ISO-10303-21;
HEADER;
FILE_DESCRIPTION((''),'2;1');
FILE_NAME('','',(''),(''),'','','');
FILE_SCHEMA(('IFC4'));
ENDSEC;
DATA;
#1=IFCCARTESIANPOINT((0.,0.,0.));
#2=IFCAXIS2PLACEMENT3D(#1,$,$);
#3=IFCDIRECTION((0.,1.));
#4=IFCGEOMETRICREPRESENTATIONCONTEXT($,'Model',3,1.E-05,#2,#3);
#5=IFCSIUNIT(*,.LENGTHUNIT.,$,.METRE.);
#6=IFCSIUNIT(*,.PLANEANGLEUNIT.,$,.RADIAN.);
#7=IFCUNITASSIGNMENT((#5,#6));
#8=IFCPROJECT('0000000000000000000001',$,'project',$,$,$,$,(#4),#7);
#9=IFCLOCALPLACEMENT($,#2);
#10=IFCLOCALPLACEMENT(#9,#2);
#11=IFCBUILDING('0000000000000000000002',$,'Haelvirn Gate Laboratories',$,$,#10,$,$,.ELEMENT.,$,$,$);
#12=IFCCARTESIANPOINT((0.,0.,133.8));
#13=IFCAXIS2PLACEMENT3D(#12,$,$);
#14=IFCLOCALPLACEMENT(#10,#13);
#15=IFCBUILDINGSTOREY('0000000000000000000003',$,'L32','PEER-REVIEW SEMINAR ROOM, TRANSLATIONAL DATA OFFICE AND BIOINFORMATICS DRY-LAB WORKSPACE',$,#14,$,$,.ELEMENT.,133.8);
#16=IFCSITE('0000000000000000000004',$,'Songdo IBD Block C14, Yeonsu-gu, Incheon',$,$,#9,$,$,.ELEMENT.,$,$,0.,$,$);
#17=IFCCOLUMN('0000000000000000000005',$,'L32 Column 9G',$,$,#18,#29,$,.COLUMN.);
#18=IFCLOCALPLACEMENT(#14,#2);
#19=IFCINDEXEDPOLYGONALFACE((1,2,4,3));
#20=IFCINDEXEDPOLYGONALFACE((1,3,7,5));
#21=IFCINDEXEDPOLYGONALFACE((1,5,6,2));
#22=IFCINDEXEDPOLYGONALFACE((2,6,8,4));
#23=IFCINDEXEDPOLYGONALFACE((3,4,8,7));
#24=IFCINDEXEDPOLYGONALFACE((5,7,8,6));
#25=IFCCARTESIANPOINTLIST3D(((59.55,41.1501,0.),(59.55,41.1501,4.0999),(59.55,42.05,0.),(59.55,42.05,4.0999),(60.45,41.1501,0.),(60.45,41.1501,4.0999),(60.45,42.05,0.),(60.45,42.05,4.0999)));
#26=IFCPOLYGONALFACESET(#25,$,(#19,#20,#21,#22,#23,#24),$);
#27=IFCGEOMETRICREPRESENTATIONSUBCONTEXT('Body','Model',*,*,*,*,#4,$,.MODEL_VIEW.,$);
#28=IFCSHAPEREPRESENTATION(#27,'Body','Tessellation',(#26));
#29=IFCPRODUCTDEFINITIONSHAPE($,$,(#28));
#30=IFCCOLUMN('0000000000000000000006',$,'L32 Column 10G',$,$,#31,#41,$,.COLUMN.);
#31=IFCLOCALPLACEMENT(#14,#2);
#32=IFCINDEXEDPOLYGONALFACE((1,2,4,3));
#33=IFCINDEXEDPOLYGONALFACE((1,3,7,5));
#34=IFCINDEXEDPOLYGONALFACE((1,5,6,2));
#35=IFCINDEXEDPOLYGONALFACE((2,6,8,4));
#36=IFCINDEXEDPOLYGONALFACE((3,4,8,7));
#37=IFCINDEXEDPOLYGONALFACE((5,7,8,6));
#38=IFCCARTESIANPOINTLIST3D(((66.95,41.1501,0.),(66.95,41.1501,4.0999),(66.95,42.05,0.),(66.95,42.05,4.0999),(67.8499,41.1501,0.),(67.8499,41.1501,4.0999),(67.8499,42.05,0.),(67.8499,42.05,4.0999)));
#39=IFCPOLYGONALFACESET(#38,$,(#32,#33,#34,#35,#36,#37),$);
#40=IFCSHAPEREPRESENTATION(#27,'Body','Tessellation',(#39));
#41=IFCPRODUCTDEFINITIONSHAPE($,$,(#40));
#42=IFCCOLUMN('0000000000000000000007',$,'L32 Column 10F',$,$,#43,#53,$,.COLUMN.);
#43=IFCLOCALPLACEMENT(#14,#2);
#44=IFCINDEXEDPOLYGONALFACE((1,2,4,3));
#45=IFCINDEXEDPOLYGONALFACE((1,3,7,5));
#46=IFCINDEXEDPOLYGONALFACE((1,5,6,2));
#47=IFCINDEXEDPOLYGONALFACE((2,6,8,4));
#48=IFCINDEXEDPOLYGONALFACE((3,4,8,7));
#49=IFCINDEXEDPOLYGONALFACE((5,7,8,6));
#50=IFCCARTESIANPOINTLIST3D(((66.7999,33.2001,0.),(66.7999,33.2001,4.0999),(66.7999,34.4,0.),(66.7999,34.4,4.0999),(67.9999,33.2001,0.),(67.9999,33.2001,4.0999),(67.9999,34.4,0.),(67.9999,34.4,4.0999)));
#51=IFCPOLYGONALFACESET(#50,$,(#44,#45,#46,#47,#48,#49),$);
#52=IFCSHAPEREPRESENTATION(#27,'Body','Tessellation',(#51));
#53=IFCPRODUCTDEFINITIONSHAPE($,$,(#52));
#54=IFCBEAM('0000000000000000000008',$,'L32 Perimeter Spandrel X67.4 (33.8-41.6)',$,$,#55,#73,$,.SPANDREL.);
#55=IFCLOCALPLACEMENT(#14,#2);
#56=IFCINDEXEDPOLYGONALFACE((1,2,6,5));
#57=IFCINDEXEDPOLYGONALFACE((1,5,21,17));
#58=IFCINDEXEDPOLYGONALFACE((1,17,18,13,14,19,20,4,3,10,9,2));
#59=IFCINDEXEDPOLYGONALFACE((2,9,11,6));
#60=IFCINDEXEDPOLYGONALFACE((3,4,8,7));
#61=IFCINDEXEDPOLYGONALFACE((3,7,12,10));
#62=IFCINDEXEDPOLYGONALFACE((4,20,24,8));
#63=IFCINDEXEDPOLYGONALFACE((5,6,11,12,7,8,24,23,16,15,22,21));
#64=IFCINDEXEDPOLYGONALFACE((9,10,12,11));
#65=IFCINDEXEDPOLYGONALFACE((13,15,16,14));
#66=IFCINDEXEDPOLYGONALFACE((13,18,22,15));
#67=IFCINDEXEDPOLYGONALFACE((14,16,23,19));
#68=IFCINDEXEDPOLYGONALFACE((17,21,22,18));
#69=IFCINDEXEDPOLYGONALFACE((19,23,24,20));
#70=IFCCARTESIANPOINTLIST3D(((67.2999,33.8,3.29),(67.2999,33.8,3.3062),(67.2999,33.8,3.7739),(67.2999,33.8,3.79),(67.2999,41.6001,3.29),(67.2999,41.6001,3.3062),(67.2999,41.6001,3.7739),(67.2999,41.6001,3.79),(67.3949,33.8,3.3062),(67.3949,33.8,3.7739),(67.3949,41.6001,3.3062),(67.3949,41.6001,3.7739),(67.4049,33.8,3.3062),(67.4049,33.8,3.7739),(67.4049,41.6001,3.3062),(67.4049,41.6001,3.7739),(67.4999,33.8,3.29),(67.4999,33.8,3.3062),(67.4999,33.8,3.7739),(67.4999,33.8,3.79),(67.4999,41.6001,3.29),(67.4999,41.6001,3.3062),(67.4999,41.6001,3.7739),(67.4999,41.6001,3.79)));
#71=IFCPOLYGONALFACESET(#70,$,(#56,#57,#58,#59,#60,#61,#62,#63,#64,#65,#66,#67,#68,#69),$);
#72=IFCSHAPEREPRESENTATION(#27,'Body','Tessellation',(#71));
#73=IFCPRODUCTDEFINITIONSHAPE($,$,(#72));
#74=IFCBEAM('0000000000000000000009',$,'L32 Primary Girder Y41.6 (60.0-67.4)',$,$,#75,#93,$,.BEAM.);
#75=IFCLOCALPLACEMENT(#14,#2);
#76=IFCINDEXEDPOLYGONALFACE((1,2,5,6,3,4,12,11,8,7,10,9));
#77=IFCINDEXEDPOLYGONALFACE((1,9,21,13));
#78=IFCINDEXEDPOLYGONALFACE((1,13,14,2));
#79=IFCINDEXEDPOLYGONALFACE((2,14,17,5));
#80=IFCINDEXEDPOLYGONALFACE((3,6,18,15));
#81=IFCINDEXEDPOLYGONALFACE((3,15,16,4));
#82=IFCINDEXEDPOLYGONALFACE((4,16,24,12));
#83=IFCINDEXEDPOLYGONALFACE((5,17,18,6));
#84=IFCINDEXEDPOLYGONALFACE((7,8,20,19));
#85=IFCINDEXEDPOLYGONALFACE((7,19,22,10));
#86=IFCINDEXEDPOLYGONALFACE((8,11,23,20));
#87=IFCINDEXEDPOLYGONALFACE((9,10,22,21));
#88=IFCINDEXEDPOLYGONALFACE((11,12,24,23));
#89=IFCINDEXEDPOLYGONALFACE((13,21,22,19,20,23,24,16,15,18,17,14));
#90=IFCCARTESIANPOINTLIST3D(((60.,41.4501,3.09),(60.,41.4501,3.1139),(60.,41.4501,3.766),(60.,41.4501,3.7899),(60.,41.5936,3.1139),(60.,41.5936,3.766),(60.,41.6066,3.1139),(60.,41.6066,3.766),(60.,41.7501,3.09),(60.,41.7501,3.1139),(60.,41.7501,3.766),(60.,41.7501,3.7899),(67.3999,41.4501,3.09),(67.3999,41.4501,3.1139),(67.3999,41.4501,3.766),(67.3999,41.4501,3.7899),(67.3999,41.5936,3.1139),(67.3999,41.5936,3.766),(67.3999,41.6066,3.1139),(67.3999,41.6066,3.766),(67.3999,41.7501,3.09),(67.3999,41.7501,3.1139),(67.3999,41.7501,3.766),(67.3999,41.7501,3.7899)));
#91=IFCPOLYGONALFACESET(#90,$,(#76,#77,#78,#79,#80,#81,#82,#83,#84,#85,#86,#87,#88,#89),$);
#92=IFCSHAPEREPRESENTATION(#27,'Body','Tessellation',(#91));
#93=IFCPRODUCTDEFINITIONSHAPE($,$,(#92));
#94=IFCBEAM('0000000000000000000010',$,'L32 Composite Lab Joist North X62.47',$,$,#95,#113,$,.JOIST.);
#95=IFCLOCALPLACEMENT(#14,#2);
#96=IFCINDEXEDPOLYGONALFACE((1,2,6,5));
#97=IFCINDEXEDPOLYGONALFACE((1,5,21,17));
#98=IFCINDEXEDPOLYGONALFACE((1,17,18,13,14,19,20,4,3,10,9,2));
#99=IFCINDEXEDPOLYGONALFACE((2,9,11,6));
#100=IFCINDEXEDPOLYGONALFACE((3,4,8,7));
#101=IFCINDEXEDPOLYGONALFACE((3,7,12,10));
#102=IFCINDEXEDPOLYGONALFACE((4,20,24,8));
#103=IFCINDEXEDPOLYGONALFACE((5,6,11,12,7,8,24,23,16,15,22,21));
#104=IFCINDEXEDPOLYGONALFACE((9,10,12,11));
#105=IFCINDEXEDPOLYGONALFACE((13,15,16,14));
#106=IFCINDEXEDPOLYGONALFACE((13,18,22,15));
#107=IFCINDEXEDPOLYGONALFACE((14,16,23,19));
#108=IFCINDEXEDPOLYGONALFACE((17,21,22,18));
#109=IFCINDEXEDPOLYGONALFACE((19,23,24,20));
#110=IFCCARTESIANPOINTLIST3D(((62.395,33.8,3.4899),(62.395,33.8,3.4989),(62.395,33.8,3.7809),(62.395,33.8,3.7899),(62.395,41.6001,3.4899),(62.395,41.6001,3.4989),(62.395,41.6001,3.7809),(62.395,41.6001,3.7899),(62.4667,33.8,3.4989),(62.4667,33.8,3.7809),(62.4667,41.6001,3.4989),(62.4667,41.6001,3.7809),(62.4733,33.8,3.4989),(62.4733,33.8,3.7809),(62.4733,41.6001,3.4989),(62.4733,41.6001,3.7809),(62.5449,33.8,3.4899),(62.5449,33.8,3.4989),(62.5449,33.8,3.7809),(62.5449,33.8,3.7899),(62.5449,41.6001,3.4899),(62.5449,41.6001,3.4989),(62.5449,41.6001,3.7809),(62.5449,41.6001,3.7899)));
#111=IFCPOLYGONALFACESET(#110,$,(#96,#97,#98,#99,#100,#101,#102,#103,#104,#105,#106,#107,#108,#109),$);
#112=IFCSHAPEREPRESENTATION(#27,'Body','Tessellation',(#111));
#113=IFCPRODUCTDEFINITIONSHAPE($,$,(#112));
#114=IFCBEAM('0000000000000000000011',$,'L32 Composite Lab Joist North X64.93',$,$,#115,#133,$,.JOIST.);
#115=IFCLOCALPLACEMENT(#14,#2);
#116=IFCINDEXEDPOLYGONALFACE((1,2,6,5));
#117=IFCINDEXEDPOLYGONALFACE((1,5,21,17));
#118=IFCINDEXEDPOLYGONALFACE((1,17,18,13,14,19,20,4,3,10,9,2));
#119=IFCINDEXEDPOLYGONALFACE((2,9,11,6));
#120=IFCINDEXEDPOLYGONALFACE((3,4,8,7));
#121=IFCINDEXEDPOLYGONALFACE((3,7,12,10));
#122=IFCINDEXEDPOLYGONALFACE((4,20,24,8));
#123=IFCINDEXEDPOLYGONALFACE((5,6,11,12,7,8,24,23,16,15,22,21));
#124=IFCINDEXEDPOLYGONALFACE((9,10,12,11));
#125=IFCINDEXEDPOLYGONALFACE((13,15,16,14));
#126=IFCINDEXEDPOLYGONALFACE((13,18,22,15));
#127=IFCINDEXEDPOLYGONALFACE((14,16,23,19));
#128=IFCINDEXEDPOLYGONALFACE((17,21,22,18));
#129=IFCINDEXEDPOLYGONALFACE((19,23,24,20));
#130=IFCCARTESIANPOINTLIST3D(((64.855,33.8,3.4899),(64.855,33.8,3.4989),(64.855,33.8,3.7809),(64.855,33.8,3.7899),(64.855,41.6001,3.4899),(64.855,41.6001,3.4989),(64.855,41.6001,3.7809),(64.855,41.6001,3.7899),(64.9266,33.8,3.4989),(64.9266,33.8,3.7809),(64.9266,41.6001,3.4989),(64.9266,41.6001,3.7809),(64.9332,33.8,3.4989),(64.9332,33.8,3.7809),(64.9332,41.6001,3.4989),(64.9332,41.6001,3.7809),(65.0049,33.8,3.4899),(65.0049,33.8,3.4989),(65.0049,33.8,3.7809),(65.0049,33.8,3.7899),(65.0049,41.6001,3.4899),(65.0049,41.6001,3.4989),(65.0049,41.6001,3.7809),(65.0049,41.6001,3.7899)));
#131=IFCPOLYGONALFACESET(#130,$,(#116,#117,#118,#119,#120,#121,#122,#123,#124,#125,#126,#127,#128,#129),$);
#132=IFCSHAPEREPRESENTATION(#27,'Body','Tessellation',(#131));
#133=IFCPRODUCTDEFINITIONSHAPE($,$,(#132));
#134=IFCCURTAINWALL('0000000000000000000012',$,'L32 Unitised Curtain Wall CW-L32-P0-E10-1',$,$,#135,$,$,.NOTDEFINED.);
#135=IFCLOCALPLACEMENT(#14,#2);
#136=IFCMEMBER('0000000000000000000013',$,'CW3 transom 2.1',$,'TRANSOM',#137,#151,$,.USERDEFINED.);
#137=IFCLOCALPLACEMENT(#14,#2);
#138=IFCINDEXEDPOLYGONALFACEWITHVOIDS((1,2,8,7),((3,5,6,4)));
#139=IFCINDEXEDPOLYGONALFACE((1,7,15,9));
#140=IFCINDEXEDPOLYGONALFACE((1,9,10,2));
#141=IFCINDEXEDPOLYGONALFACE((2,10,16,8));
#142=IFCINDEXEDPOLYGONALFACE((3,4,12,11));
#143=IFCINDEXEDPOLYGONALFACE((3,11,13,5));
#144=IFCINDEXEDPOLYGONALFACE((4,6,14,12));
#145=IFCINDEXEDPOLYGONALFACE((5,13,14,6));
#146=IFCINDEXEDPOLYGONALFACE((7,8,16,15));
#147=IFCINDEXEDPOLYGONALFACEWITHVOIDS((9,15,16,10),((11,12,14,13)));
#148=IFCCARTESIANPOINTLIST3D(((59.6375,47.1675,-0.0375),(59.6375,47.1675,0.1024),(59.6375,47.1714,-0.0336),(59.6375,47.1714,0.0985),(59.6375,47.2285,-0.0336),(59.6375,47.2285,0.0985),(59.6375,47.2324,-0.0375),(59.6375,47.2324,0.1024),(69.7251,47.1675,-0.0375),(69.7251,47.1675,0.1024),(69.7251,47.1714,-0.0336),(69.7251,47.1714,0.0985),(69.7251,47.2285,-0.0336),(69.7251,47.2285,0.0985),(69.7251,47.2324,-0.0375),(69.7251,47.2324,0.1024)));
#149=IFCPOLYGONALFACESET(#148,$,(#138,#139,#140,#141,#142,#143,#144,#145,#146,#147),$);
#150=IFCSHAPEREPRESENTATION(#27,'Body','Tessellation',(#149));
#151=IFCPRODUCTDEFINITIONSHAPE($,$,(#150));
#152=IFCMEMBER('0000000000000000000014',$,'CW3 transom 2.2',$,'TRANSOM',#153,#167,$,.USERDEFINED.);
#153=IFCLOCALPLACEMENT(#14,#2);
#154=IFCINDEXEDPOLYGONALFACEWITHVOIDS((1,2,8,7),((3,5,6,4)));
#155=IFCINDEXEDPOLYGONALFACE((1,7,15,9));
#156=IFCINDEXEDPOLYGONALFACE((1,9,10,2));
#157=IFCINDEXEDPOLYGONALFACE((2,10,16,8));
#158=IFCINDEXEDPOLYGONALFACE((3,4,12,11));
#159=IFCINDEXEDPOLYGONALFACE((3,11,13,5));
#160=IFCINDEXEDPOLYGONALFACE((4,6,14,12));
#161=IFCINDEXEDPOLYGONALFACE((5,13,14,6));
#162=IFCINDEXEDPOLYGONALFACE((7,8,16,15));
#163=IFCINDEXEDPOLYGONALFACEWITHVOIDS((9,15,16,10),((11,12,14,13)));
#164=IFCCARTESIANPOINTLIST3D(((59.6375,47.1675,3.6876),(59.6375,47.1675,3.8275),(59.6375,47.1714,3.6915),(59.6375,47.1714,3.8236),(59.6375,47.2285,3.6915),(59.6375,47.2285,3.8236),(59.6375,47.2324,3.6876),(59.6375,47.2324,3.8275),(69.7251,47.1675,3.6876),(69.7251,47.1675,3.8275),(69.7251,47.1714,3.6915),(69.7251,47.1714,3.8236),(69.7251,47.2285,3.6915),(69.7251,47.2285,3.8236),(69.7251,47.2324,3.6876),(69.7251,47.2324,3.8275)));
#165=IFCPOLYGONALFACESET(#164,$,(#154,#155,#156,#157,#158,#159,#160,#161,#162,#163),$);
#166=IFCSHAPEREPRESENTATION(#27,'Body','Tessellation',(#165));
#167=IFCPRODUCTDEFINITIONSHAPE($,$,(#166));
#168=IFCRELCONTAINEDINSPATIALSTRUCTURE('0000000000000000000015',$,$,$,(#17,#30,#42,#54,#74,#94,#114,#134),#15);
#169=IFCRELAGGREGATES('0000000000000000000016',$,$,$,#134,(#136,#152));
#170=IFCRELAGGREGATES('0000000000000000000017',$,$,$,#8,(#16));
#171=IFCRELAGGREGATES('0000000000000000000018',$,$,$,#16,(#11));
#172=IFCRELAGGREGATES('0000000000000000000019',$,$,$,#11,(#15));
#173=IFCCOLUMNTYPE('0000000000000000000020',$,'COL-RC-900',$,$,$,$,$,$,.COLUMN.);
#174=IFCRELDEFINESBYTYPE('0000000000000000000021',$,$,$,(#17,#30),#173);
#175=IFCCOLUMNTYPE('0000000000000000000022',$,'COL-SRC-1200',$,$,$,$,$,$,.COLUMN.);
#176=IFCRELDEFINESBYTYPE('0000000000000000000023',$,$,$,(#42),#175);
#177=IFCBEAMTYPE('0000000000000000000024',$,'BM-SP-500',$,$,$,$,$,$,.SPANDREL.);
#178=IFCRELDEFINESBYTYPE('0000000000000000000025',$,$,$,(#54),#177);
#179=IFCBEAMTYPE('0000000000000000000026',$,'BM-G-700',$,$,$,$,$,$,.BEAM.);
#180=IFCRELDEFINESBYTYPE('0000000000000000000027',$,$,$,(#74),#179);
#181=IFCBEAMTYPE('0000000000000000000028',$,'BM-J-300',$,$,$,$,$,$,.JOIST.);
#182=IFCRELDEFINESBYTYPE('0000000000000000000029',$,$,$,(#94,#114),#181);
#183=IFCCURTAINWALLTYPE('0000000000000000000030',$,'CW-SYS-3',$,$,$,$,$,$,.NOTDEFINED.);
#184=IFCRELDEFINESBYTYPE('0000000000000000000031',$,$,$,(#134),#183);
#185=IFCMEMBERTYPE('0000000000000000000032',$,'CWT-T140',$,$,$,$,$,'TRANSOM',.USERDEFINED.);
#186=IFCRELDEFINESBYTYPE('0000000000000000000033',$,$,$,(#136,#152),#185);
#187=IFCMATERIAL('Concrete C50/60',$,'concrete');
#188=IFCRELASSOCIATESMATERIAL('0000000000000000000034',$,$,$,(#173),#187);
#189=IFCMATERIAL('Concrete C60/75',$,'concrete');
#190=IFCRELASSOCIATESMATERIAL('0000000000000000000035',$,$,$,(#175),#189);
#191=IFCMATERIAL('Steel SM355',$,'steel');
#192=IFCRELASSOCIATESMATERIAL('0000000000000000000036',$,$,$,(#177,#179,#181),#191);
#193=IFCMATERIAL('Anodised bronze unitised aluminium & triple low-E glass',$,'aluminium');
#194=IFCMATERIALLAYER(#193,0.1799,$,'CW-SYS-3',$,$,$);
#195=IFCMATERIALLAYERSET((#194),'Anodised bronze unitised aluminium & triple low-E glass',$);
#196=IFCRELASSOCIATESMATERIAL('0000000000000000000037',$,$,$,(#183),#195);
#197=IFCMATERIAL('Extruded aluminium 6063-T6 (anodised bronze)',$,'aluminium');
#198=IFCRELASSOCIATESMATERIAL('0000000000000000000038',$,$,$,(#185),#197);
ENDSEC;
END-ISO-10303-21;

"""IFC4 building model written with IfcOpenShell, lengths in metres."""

from ifc_helpers import new_model, si_unit, direction, frame, origin, origin_2d, place, context, subcontext, project, spatial, rectangle, hollow_rectangle, i_section, extrude, source, transform, mapped, material, layer, layer_set, material_profile, profile_set, type_object, type_shapes, element, aggregate, save


model = new_model("IFC4")

# Units and contexts
model_context = context("Model", 3, precision=1e-05, world=origin(), true_north=direction((0.0, 1.0)))
body_context = subcontext(model_context, "Body", "Model", "MODEL_VIEW")
ifc_project = project(units=[si_unit("LENGTHUNIT", "METRE"), si_unit("PLANEANGLEUNIT", "RADIAN")], contexts=[model_context])

# Site, building, storey
site_placement = place(None, origin())
site = spatial("IfcSite", under=ifc_project, at=site_placement, Name="Songdo IBD Block C14, Yeonsu-gu, Incheon", CompositionType="ELEMENT", RefElevation=0.0)
building_placement = place(site_placement, origin())
building = spatial("IfcBuilding", under=site, at=building_placement, Name="Haelvirn Gate Laboratories", CompositionType="ELEMENT")
storey_placement = place(building_placement, frame((0.0, 0.0, 133.8)))
storey = spatial("IfcBuildingStorey", under=building, at=storey_placement, Name="L32", Description="PEER-REVIEW SEMINAR ROOM, TRANSLATIONAL DATA OFFICE AND BIOINFORMATICS DRY-LAB WORKSPACE", CompositionType="ELEMENT", Elevation=133.8)

# Columns
ifc_material_1 = material(Name="Concrete C50/60", Category="concrete")
ifc_material_profile_1 = material_profile(ifc_material_1, rectangle(XDim=0.8999, YDim=0.8999, at=origin_2d()), Name="RC-900x900")
ifc_profile_set_1 = profile_set([ifc_material_profile_1], Name="Concrete C50/60")
column_type_1 = type_object("IfcColumnType", Name="COL-RC-900", PredefinedType="COLUMN", material=ifc_profile_set_1)
shared_shape_1 = source(origin(), body_context, "Body", "SweptSolid", [
    extrude(rectangle(XDim=0.8999, YDim=0.8999, at=origin_2d()), origin(), (0.0, 0.0, 1.0), 4.0999),
])
type_shapes(column_type_1, [shared_shape_1])
for number, where, z_axis, x_axis, name in (
    (1, (60.0, 41.6001, 0.0), (0.0, 0.0, 1.0), (1.0, 0.0, 0.0), "L32 Column 9G"),
    (2, (67.3999, 41.6001, 0.0), (0.0, 0.0, 1.0), (1.0, 0.0, 0.0), "L32 Column 10G"),
):
    element("IfcColumn", number, at=place(storey_placement, frame(where, z_axis=z_axis, x_axis=x_axis)), inside=storey, type_object=column_type_1, Name=name, PredefinedType="COLUMN", context=body_context, shape_type="MappedRepresentation", body=[
        mapped(shared_shape_1, transform((0.0, 0.0, 0.0), scale=1.0)),
    ])
ifc_material_2 = material(Name="Concrete C60/75", Category="concrete")
ifc_material_profile_2 = material_profile(ifc_material_2, rectangle(XDim=1.2, YDim=1.2, at=origin_2d()), Name="SRC-1200x1200")
ifc_profile_set_2 = profile_set([ifc_material_profile_2], Name="Concrete C60/75")
column_type_2 = type_object("IfcColumnType", Name="COL-SRC-1200", PredefinedType="COLUMN", material=ifc_profile_set_2)
shared_shape_2 = source(origin(), body_context, "Body", "SweptSolid", [
    extrude(rectangle(XDim=1.2, YDim=1.2, at=origin_2d()), origin(), (0.0, 0.0, 1.0), 4.0999),
])
type_shapes(column_type_2, [shared_shape_2])
column_placement = place(storey_placement, frame((67.3999, 33.8, 0.0), z_axis=(0.0, 0.0, 1.0), x_axis=(1.0, 0.0, 0.0)))
element("IfcColumn", 3, at=column_placement, inside=storey, type_object=column_type_2, Name="L32 Column 10F", PredefinedType="COLUMN", context=body_context, shape_type="MappedRepresentation", body=[
    mapped(shared_shape_2, transform((0.0, 0.0, 0.0), scale=1.0)),
])

# Beams
ifc_material_3 = material(Name="Steel SM355", Category="steel")
ifc_material_profile_3 = material_profile(ifc_material_3, i_section(OverallWidth=0.2, OverallDepth=0.5, WebThickness=0.01, FlangeThickness=0.0161, at=origin_2d()), Name="H-500x200x10x16")
ifc_profile_set_3 = profile_set([ifc_material_profile_3], Name="Steel SM355")
beam_type_1 = type_object("IfcBeamType", Name="BM-SP-500", PredefinedType="SPANDREL", material=ifc_profile_set_3)
shared_shape_3 = source(origin(), body_context, "Body", "SweptSolid", [
    extrude(i_section(OverallWidth=0.2, OverallDepth=0.5, WebThickness=0.01, FlangeThickness=0.0161, at=origin_2d()), origin(), (0.0, 0.0, 1.0), 7.8),
])
type_shapes(beam_type_1, [shared_shape_3])
beam_1_placement = place(storey_placement, frame((67.3999, 33.8, 3.54), z_axis=(0.0, 1.0, 0.0), x_axis=(-1.0, 0.0, 0.0)))
element("IfcBeam", 4, at=beam_1_placement, inside=storey, type_object=beam_type_1, Name="L32 Perimeter Spandrel X67.4 (33.8-41.6)", PredefinedType="SPANDREL", context=body_context, shape_type="MappedRepresentation", body=[
    mapped(shared_shape_3, transform((0.0, 0.0, 0.0), scale=1.0)),
])
ifc_material_profile_4 = material_profile(ifc_material_3, i_section(OverallWidth=0.3, OverallDepth=0.7, WebThickness=0.0129, FlangeThickness=0.0239, at=origin_2d()), Name="H-700x300x13x24")
ifc_profile_set_4 = profile_set([ifc_material_profile_4], Name="Steel SM355")
beam_type_2 = type_object("IfcBeamType", Name="BM-G-700", PredefinedType="BEAM", material=ifc_profile_set_4)
shared_shape_4 = source(origin(), body_context, "Body", "SweptSolid", [
    extrude(i_section(OverallWidth=0.3, OverallDepth=0.7, WebThickness=0.0129, FlangeThickness=0.0239, at=origin_2d()), origin(), (0.0, 0.0, 1.0), 7.3999),
])
type_shapes(beam_type_2, [shared_shape_4])
beam_2_placement = place(storey_placement, frame((60.0, 41.6001, 3.4399), z_axis=(1.0, 0.0, 0.0), x_axis=(0.0, 1.0, 0.0)))
element("IfcBeam", 5, at=beam_2_placement, inside=storey, type_object=beam_type_2, Name="L32 Primary Girder Y41.6 (60.0-67.4)", PredefinedType="BEAM", context=body_context, shape_type="MappedRepresentation", body=[
    mapped(shared_shape_4, transform((0.0, 0.0, 0.0), scale=1.0)),
])
ifc_material_profile_5 = material_profile(ifc_material_3, i_section(OverallWidth=0.1499, OverallDepth=0.3, WebThickness=0.0066, FlangeThickness=0.009, at=origin_2d()), Name="H-300x150x6.5x9")
ifc_profile_set_5 = profile_set([ifc_material_profile_5], Name="Steel SM355")
beam_type_3 = type_object("IfcBeamType", Name="BM-J-300", PredefinedType="JOIST", material=ifc_profile_set_5)
shared_shape_5 = source(origin(), body_context, "Body", "SweptSolid", [
    extrude(i_section(OverallWidth=0.1499, OverallDepth=0.3, WebThickness=0.0066, FlangeThickness=0.009, at=origin_2d()), origin(), (0.0, 0.0, 1.0), 7.8),
])
type_shapes(beam_type_3, [shared_shape_5])
for number, where, z_axis, x_axis, name in (
    (6, (62.47, 33.8, 3.6399), (0.0, 1.0, 0.0), (-1.0, 0.0, 0.0), "L32 Composite Lab Joist North X62.47"),
    (7, (64.9299, 33.8, 3.6399), (0.0, 1.0, 0.0), (-1.0, 0.0, 0.0), "L32 Composite Lab Joist North X64.93"),
):
    element("IfcBeam", number, at=place(storey_placement, frame(where, z_axis=z_axis, x_axis=x_axis)), inside=storey, type_object=beam_type_3, Name=name, PredefinedType="JOIST", context=body_context, shape_type="MappedRepresentation", body=[
        mapped(shared_shape_5, transform((0.0, 0.0, 0.0), scale=1.0)),
    ])

# Curtain wall, members
ifc_material_4 = material(Name="Anodised bronze unitised aluminium & triple low-E glass", Category="aluminium")
ifc_layer_1 = layer(ifc_material_4, 0.1799, Name="CW-SYS-3")
ifc_layer_set_1 = layer_set([ifc_layer_1], Name="Anodised bronze unitised aluminium & triple low-E glass")
curtain_wall_type_1 = type_object("IfcCurtainWallType", Name="CW-SYS-3", PredefinedType="NOTDEFINED", material=ifc_layer_set_1)
curtain_wall_1_placement = place(storey_placement, origin())
curtain_wall_1 = element("IfcCurtainWall", 8, at=curtain_wall_1_placement, inside=storey, type_object=curtain_wall_type_1, Name="L32 Unitised Curtain Wall CW-L32-P0-E10-1", PredefinedType="NOTDEFINED")
ifc_material_5 = material(Name="Extruded aluminium 6063-T6 (anodised bronze)", Category="aluminium")
ifc_material_profile_6 = material_profile(ifc_material_5, hollow_rectangle(XDim=0.0649, YDim=0.1399, WallThickness=0.0039, at=origin_2d()), Name="CWT-140x65x4")
ifc_profile_set_6 = profile_set([ifc_material_profile_6], Name="Extruded aluminium 6063-T6 (anodised bronze)")
member_type_1 = type_object("IfcMemberType", Name="CWT-T140", ElementType="TRANSOM", PredefinedType="USERDEFINED", material=ifc_profile_set_6)
shared_shape_6 = source(origin(), body_context, "Body", "SweptSolid", [
    extrude(hollow_rectangle(XDim=0.0649, YDim=0.1399, WallThickness=0.0039, at=origin_2d()), origin(), (0.0, 0.0, 1.0), 10.0876),
])
member_1_placement = place(storey_placement, frame((59.6375, 47.2, 0.0325), z_axis=(1.0, 0.0, 0.0), x_axis=(0.0, 1.0, 0.0)))
member_1 = element("IfcMember", 9, at=member_1_placement, type_object=member_type_1, Name="CW3 transom 2.1", ObjectType="TRANSOM", PredefinedType="USERDEFINED", context=body_context, shape_type="MappedRepresentation", body=[
    mapped(shared_shape_6, transform((0.0, 0.0, 0.0), scale=1.0)),
])
member_2_placement = place(storey_placement, frame((59.6375, 47.2, 3.7576), z_axis=(1.0, 0.0, 0.0), x_axis=(0.0, 1.0, 0.0)))
member_2 = element("IfcMember", 10, at=member_2_placement, type_object=member_type_1, Name="CW3 transom 2.2", ObjectType="TRANSOM", PredefinedType="USERDEFINED", context=body_context, shape_type="MappedRepresentation", body=[
    mapped(shared_shape_6, transform((0.0, 0.0, 0.0), scale=1.0)),
])

aggregate(curtain_wall_1, [member_1, member_2])

save(model, "model.ifc")
